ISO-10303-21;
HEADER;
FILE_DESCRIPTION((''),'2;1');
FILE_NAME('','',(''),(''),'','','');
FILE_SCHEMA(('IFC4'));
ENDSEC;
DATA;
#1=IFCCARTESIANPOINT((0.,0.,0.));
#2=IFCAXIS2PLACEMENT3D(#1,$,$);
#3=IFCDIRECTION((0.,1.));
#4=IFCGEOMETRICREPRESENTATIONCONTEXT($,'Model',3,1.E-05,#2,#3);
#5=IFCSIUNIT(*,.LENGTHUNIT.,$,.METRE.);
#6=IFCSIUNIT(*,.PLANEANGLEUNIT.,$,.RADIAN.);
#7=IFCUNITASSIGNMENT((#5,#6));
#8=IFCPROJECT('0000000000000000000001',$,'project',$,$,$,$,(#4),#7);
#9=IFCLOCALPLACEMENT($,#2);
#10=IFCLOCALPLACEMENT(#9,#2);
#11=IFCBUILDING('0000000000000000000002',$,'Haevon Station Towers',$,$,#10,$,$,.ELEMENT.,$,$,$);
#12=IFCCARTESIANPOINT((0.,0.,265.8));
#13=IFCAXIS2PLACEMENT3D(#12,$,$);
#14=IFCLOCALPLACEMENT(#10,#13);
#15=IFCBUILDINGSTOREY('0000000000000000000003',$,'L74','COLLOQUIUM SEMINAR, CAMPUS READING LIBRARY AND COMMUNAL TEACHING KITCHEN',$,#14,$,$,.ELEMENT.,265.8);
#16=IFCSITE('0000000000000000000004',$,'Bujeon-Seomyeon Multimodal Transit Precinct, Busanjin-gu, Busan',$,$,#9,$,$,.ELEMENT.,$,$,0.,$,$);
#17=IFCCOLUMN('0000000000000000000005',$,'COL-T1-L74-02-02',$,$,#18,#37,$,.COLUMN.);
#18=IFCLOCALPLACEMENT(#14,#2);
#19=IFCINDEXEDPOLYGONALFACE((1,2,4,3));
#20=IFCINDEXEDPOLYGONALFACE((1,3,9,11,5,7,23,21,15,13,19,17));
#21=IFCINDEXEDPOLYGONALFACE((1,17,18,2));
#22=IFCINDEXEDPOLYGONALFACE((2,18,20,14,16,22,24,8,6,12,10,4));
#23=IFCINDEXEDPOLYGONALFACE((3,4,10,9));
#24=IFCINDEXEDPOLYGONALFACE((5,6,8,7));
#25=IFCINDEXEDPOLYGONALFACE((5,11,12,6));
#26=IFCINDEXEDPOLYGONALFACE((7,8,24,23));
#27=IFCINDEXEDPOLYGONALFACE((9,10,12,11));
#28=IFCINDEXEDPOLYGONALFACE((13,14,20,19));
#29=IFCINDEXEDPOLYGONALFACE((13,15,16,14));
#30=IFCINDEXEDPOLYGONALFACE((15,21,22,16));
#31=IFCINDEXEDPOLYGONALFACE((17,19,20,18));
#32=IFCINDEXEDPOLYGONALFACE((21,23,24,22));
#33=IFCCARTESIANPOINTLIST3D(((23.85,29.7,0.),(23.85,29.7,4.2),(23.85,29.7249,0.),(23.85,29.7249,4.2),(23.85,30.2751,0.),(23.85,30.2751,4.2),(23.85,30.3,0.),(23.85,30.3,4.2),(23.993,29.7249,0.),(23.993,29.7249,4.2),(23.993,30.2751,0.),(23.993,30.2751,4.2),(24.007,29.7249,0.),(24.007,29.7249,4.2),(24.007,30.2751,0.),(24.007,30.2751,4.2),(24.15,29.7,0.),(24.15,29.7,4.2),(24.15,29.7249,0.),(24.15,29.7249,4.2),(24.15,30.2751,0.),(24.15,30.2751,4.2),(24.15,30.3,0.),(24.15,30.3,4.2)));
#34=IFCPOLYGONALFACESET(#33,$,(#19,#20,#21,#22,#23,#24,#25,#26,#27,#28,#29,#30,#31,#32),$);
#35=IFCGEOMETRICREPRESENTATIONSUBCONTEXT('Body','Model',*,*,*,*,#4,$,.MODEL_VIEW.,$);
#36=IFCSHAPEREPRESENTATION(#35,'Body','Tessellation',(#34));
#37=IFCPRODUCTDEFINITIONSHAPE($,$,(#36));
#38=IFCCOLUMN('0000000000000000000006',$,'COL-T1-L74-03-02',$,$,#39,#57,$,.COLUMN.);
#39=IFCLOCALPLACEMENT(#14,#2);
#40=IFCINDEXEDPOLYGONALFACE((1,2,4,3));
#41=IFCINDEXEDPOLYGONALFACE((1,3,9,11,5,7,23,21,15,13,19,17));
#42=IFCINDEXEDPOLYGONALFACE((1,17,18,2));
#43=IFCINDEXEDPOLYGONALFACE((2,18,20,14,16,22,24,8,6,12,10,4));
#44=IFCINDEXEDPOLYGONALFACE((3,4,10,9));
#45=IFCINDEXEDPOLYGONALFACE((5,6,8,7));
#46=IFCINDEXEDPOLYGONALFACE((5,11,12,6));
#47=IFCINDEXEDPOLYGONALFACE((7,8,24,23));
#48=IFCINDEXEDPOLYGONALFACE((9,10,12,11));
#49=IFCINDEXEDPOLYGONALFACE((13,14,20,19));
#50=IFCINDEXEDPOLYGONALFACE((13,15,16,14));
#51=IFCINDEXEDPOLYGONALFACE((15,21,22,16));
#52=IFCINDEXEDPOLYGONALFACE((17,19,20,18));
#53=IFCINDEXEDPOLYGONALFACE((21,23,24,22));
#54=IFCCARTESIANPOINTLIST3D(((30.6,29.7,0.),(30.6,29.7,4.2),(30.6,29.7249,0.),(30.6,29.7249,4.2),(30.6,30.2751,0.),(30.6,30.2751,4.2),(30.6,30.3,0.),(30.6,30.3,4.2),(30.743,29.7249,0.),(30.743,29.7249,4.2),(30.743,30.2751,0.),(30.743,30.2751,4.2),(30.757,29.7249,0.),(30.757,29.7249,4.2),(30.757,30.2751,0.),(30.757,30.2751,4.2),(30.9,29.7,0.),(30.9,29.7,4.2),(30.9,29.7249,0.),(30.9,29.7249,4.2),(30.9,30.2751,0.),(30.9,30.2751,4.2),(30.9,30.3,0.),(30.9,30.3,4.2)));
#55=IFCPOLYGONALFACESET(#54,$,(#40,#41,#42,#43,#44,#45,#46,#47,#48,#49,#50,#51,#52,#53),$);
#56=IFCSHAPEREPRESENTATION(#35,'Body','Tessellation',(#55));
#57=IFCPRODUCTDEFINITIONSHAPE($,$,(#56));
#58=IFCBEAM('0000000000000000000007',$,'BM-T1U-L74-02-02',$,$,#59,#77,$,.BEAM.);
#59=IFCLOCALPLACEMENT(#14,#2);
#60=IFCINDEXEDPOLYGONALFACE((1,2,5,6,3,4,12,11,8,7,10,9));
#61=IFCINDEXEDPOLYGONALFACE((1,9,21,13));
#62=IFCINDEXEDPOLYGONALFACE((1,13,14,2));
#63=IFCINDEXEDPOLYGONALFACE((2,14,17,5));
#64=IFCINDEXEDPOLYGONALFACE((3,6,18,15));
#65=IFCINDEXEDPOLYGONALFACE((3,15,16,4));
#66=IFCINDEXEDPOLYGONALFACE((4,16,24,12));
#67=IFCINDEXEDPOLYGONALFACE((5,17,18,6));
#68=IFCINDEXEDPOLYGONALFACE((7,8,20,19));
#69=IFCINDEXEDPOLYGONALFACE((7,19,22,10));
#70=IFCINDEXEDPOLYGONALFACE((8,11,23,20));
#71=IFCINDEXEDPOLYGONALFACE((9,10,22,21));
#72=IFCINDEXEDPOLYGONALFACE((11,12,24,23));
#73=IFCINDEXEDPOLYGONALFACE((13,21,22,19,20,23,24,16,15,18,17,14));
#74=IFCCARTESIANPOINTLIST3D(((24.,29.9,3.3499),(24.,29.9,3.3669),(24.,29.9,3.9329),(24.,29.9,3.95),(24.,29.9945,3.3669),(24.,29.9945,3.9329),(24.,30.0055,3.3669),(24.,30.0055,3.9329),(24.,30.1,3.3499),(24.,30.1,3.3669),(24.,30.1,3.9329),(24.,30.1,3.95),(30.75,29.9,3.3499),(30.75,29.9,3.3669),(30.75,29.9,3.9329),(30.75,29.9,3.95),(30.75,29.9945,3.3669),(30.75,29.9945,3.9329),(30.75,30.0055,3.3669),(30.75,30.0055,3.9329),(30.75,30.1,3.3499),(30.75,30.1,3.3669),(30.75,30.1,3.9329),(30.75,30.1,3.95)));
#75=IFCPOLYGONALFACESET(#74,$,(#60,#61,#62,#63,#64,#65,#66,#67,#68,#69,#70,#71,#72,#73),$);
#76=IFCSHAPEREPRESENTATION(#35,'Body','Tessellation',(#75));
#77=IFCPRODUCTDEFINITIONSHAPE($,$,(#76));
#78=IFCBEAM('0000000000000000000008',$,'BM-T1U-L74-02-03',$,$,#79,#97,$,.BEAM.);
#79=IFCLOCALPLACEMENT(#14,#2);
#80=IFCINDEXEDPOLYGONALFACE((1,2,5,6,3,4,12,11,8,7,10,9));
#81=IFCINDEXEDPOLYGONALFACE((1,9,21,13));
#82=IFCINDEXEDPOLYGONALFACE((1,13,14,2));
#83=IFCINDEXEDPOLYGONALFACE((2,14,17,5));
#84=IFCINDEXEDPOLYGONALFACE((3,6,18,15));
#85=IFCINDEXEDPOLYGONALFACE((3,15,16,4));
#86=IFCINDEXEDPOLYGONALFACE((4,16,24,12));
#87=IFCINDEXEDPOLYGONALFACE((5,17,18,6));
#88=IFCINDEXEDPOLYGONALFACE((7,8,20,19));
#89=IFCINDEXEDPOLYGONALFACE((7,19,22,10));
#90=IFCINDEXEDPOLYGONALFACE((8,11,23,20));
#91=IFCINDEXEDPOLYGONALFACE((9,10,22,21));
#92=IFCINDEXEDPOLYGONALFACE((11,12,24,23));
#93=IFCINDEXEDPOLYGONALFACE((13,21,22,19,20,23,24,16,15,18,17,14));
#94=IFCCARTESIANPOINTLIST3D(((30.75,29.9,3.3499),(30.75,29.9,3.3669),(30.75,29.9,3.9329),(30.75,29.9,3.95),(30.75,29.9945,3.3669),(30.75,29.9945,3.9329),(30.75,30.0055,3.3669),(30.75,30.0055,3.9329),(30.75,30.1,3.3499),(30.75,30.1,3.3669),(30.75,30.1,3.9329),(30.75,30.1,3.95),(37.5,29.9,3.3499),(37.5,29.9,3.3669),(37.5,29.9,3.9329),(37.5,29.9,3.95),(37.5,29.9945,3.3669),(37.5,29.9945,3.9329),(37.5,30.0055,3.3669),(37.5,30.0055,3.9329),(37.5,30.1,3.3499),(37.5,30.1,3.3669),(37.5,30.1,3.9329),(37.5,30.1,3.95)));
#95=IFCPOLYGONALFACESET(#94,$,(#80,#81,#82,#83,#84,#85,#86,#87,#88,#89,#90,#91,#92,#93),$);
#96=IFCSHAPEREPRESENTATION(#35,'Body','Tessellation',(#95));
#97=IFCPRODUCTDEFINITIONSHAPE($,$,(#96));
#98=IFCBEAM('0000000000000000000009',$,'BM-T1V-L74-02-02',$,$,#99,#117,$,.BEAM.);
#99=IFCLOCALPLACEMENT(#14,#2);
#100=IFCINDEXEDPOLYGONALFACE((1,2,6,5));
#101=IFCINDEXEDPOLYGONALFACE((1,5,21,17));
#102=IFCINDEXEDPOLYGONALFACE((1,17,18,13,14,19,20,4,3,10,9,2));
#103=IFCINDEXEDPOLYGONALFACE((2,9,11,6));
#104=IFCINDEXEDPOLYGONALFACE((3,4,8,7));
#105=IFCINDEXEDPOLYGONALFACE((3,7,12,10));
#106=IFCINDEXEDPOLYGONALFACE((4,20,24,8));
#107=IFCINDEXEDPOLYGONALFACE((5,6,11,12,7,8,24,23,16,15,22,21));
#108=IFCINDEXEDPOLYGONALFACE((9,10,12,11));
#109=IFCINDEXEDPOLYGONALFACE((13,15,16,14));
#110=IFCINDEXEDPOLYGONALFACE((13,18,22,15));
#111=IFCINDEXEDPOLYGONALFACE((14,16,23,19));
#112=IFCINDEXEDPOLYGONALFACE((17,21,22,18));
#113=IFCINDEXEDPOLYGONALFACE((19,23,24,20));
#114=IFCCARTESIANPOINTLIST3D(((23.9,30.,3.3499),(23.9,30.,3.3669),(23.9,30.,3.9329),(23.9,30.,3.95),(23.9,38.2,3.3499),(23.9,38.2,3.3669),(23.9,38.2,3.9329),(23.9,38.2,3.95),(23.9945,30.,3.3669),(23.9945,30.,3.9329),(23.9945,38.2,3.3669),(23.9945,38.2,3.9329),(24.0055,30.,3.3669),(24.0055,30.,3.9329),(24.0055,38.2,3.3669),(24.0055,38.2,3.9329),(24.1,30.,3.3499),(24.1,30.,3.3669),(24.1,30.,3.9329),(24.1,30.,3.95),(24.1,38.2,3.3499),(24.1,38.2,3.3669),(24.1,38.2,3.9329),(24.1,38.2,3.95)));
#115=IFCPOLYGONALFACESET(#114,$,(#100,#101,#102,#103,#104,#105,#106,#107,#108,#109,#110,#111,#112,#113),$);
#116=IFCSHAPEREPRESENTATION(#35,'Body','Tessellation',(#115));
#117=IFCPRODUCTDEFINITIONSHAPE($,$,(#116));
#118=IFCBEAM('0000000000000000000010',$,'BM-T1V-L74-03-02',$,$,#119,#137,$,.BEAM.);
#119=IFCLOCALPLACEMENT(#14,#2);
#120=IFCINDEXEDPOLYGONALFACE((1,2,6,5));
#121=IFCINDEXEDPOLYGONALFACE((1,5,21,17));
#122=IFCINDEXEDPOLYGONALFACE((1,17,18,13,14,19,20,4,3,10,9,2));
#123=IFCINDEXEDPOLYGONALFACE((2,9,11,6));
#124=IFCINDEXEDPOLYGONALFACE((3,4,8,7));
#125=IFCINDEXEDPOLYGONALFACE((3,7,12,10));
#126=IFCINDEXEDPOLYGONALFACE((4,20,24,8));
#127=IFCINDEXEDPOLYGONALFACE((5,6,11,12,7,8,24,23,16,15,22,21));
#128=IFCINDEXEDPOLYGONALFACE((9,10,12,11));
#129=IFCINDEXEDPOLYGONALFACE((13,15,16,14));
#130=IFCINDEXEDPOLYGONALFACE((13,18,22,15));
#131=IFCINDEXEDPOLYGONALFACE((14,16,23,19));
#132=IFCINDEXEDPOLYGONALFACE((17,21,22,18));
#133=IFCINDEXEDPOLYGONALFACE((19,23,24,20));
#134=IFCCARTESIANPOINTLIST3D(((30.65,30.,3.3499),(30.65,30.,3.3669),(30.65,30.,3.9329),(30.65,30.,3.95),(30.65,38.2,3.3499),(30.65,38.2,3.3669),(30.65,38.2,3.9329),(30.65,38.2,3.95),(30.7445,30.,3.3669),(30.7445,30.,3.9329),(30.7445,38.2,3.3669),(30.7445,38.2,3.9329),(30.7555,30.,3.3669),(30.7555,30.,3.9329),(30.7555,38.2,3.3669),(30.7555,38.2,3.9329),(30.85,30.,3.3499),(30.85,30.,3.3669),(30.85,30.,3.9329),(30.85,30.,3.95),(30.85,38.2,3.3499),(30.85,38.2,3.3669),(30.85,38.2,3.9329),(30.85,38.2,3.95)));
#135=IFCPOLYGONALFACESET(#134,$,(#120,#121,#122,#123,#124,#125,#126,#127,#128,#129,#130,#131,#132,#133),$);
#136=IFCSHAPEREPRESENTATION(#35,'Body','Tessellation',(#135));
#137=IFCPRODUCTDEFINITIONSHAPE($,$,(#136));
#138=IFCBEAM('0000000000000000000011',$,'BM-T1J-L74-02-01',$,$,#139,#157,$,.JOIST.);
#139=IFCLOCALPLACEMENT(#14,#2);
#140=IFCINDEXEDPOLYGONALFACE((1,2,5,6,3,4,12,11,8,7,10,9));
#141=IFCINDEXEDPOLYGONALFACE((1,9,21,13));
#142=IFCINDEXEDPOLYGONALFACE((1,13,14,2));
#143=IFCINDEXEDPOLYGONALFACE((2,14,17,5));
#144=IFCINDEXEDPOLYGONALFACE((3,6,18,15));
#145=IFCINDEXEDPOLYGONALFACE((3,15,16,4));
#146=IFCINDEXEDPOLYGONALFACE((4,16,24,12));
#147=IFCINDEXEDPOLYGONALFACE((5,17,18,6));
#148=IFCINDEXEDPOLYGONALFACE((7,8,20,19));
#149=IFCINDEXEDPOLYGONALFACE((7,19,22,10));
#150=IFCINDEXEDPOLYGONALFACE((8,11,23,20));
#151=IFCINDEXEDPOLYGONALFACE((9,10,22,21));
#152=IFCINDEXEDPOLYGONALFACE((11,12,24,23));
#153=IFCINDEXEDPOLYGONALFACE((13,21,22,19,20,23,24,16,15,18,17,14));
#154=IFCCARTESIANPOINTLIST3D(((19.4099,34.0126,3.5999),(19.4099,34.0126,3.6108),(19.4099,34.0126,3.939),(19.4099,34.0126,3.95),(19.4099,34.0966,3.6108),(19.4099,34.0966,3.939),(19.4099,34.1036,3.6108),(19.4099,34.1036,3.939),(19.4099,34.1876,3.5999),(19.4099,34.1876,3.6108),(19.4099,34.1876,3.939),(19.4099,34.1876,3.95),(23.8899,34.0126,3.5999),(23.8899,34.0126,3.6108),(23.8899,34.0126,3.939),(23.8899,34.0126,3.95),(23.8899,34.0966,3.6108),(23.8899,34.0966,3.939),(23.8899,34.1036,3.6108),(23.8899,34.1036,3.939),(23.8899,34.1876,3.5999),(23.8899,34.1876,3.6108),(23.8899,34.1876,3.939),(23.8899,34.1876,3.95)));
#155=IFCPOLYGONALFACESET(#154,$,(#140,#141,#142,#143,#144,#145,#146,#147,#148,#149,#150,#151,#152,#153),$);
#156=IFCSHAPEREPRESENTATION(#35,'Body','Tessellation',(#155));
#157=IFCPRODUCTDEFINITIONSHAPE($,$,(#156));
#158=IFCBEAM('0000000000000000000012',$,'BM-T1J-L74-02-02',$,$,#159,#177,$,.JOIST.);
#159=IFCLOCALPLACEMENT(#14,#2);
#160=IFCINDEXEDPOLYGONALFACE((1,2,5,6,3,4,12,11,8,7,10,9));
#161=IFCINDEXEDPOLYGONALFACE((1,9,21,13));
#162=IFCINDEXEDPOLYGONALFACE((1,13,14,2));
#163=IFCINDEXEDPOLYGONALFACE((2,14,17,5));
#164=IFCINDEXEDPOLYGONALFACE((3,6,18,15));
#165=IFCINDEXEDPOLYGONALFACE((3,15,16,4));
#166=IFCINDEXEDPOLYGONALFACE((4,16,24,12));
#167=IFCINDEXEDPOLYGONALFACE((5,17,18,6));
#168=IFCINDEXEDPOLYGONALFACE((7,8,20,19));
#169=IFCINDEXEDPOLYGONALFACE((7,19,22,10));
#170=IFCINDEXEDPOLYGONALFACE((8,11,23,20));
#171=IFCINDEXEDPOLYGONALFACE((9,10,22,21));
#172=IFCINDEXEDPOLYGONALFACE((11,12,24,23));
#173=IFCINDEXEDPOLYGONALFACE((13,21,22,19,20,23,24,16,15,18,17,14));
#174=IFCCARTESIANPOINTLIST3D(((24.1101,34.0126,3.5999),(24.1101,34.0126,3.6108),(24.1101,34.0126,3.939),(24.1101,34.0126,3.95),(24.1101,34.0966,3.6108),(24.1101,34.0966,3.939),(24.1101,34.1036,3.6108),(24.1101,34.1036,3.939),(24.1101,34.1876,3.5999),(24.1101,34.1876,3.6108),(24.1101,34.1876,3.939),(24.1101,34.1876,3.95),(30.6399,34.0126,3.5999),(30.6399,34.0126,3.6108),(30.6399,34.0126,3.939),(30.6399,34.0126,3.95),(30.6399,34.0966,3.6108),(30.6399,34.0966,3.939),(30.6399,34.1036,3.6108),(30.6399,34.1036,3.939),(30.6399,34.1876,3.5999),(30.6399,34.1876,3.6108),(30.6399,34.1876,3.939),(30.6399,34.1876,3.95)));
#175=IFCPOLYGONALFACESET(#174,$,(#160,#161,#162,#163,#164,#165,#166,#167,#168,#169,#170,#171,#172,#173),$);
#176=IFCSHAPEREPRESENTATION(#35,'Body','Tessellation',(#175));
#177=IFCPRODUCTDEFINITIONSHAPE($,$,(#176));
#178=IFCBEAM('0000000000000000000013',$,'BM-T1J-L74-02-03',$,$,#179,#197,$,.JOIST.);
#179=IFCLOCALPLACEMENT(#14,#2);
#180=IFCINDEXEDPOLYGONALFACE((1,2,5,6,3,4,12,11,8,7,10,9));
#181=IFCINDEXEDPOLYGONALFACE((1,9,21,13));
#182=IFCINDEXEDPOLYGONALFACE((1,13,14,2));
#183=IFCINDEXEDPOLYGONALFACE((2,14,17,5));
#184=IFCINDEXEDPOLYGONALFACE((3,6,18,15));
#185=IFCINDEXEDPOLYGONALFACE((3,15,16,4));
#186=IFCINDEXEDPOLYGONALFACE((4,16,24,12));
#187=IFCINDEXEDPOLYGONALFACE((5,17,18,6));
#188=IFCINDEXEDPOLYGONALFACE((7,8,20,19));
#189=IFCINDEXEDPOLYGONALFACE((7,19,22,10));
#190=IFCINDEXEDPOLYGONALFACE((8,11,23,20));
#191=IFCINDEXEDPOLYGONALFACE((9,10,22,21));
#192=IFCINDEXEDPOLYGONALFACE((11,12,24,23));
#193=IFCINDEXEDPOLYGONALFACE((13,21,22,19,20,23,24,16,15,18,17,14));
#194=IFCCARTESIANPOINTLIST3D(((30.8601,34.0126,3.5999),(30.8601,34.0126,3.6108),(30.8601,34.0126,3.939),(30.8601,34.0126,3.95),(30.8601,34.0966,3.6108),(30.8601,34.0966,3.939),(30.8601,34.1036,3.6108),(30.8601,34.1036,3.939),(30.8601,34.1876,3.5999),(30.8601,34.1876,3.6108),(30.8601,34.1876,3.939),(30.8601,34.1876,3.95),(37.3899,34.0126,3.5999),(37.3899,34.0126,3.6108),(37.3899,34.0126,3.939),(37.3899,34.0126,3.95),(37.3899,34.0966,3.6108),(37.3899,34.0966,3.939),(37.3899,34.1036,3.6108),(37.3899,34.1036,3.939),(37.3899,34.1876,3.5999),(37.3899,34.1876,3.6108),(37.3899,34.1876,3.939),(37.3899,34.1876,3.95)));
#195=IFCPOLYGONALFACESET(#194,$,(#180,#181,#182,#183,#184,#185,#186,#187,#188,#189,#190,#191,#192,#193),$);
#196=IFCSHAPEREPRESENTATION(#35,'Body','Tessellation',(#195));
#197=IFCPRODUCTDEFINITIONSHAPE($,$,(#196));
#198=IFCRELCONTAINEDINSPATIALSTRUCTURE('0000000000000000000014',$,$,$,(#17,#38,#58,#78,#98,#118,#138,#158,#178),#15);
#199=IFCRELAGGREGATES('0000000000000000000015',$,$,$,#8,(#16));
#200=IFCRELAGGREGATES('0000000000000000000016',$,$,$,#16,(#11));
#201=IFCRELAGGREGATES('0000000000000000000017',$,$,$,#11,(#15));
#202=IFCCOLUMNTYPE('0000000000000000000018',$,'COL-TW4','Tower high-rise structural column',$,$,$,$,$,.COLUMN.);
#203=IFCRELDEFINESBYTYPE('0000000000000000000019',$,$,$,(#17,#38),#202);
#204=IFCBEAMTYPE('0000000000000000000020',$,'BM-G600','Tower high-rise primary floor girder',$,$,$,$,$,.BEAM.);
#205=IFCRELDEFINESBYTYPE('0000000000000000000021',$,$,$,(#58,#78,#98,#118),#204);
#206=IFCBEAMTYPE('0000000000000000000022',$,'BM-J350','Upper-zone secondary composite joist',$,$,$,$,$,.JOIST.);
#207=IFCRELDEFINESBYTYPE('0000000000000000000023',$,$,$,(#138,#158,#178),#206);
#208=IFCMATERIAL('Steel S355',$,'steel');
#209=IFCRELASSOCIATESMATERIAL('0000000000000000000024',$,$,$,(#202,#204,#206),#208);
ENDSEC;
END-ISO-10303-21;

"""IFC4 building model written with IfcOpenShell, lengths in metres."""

from ifc_helpers import new_model, si_unit, direction, frame, origin, origin_2d, place, context, subcontext, project, spatial, i_section, extrude, material, material_profile, profile_set, type_object, element, save


model = new_model("IFC4")

# Units and contexts
model_context = context("Model", 3, precision=1e-05, world=origin(), true_north=direction((0.0, 1.0)))
body_context = subcontext(model_context, "Body", "Model", "MODEL_VIEW")
ifc_project = project(units=[si_unit("LENGTHUNIT", "METRE"), si_unit("PLANEANGLEUNIT", "RADIAN")], contexts=[model_context])

# Site, building, storey
site_placement = place(None, origin())
site = spatial("IfcSite", under=ifc_project, at=site_placement, Name="Bujeon-Seomyeon Multimodal Transit Precinct, Busanjin-gu, Busan", CompositionType="ELEMENT", RefElevation=0.0)
building_placement = place(site_placement, origin())
building = spatial("IfcBuilding", under=site, at=building_placement, Name="Haevon Station Towers", CompositionType="ELEMENT")
storey_placement = place(building_placement, frame((0.0, 0.0, 265.8)))
storey = spatial("IfcBuildingStorey", under=building, at=storey_placement, Name="L74", Description="COLLOQUIUM SEMINAR, CAMPUS READING LIBRARY AND COMMUNAL TEACHING KITCHEN", CompositionType="ELEMENT", Elevation=265.8)

# Columns
ifc_material_1 = material(Name="Steel S355", Category="steel")
ifc_material_profile_1 = material_profile(ifc_material_1, i_section(OverallWidth=0.3, OverallDepth=0.6001, WebThickness=0.0139, FlangeThickness=0.0249, at=origin_2d()), Name="H-600x300x14x25")
ifc_profile_set_1 = profile_set([ifc_material_profile_1], Name="Steel S355")
column_type = type_object("IfcColumnType", Name="COL-TW4", Description="Tower high-rise structural column", PredefinedType="COLUMN", material=ifc_profile_set_1)
for number, where, z_axis, x_axis, name in (
    (1, (24.0, 30.0, 0.0), (0.0, 0.0, 1.0), (1.0, 0.0, 0.0), "COL-T1-L74-02-02"),
    (2, (30.75, 30.0, 0.0), (0.0, 0.0, 1.0), (1.0, 0.0, 0.0), "COL-T1-L74-03-02"),
):
    element("IfcColumn", number, at=place(storey_placement, frame(where, z_axis=z_axis, x_axis=x_axis)), inside=storey, type_object=column_type, Name=name, PredefinedType="COLUMN", context=body_context, shape_type="SweptSolid", body=[
        extrude(i_section(OverallWidth=0.3, OverallDepth=0.6001, WebThickness=0.0139, FlangeThickness=0.0249, at=origin_2d()), origin(), (0.0, 0.0, 1.0), 4.2),
    ])

# Beams
ifc_material_profile_2 = material_profile(ifc_material_1, i_section(OverallWidth=0.2, OverallDepth=0.6001, WebThickness=0.011, FlangeThickness=0.0171, at=origin_2d()), Name="H-600x200x11x17")
ifc_profile_set_2 = profile_set([ifc_material_profile_2], Name="Steel S355")
beam_type_1 = type_object("IfcBeamType", Name="BM-G600", Description="Tower high-rise primary floor girder", PredefinedType="BEAM", material=ifc_profile_set_2)
for number, where, z_axis, x_axis, name in (
    (3, (24.0, 30.0, 3.6499), (1.0, 0.0, 0.0), (0.0, 1.0, 0.0), "BM-T1U-L74-02-02"),
    (4, (30.75, 30.0, 3.6499), (1.0, 0.0, 0.0), (0.0, 1.0, 0.0), "BM-T1U-L74-02-03"),
):
    element("IfcBeam", number, at=place(storey_placement, frame(where, z_axis=z_axis, x_axis=x_axis)), inside=storey, type_object=beam_type_1, Name=name, PredefinedType="BEAM", context=body_context, shape_type="SweptSolid", body=[
        extrude(i_section(OverallWidth=0.2, OverallDepth=0.6001, WebThickness=0.011, FlangeThickness=0.0171, at=origin_2d()), origin(), (0.0, 0.0, 1.0), 6.75),
    ])
for number, where, z_axis, x_axis, name in (
    (5, (24.0, 30.0, 3.6499), (0.0, 1.0, 0.0), (-1.0, 0.0, 0.0), "BM-T1V-L74-02-02"),
    (6, (30.75, 30.0, 3.6499), (0.0, 1.0, 0.0), (-1.0, 0.0, 0.0), "BM-T1V-L74-03-02"),
):
    element("IfcBeam", number, at=place(storey_placement, frame(where, z_axis=z_axis, x_axis=x_axis)), inside=storey, type_object=beam_type_1, Name=name, PredefinedType="BEAM", context=body_context, shape_type="SweptSolid", body=[
        extrude(i_section(OverallWidth=0.2, OverallDepth=0.6001, WebThickness=0.011, FlangeThickness=0.0171, at=origin_2d()), origin(), (0.0, 0.0, 1.0), 8.2),
    ])
ifc_material_profile_3 = material_profile(ifc_material_1, i_section(OverallWidth=0.175, OverallDepth=0.3501, WebThickness=0.0071, FlangeThickness=0.011, at=origin_2d()), Name="H-350x175x7x11")
ifc_profile_set_3 = profile_set([ifc_material_profile_3], Name="Steel S355")
beam_type_2 = type_object("IfcBeamType", Name="BM-J350", Description="Upper-zone secondary composite joist", PredefinedType="JOIST", material=ifc_profile_set_3)
beam_placement = place(storey_placement, frame((19.4099, 34.1001, 3.7749), z_axis=(1.0, 0.0, 0.0), x_axis=(0.0, 1.0, 0.0)))
element("IfcBeam", 7, at=beam_placement, inside=storey, type_object=beam_type_2, Name="BM-T1J-L74-02-01", PredefinedType="JOIST", context=body_context, shape_type="SweptSolid", body=[
    extrude(i_section(OverallWidth=0.175, OverallDepth=0.3501, WebThickness=0.0071, FlangeThickness=0.011, at=origin_2d()), origin(), (0.0, 0.0, 1.0), 4.48),
])
for number, where, z_axis, x_axis, name in (
    (8, (24.1101, 34.1001, 3.7749), (1.0, 0.0, 0.0), (0.0, 1.0, 0.0), "BM-T1J-L74-02-02"),
    (9, (30.8601, 34.1001, 3.7749), (1.0, 0.0, 0.0), (0.0, 1.0, 0.0), "BM-T1J-L74-02-03"),
):
    element("IfcBeam", number, at=place(storey_placement, frame(where, z_axis=z_axis, x_axis=x_axis)), inside=storey, type_object=beam_type_2, Name=name, PredefinedType="JOIST", context=body_context, shape_type="SweptSolid", body=[
        extrude(i_section(OverallWidth=0.175, OverallDepth=0.3501, WebThickness=0.0071, FlangeThickness=0.011, at=origin_2d()), origin(), (0.0, 0.0, 1.0), 6.5298),
    ])

save(model, "model.ifc")
